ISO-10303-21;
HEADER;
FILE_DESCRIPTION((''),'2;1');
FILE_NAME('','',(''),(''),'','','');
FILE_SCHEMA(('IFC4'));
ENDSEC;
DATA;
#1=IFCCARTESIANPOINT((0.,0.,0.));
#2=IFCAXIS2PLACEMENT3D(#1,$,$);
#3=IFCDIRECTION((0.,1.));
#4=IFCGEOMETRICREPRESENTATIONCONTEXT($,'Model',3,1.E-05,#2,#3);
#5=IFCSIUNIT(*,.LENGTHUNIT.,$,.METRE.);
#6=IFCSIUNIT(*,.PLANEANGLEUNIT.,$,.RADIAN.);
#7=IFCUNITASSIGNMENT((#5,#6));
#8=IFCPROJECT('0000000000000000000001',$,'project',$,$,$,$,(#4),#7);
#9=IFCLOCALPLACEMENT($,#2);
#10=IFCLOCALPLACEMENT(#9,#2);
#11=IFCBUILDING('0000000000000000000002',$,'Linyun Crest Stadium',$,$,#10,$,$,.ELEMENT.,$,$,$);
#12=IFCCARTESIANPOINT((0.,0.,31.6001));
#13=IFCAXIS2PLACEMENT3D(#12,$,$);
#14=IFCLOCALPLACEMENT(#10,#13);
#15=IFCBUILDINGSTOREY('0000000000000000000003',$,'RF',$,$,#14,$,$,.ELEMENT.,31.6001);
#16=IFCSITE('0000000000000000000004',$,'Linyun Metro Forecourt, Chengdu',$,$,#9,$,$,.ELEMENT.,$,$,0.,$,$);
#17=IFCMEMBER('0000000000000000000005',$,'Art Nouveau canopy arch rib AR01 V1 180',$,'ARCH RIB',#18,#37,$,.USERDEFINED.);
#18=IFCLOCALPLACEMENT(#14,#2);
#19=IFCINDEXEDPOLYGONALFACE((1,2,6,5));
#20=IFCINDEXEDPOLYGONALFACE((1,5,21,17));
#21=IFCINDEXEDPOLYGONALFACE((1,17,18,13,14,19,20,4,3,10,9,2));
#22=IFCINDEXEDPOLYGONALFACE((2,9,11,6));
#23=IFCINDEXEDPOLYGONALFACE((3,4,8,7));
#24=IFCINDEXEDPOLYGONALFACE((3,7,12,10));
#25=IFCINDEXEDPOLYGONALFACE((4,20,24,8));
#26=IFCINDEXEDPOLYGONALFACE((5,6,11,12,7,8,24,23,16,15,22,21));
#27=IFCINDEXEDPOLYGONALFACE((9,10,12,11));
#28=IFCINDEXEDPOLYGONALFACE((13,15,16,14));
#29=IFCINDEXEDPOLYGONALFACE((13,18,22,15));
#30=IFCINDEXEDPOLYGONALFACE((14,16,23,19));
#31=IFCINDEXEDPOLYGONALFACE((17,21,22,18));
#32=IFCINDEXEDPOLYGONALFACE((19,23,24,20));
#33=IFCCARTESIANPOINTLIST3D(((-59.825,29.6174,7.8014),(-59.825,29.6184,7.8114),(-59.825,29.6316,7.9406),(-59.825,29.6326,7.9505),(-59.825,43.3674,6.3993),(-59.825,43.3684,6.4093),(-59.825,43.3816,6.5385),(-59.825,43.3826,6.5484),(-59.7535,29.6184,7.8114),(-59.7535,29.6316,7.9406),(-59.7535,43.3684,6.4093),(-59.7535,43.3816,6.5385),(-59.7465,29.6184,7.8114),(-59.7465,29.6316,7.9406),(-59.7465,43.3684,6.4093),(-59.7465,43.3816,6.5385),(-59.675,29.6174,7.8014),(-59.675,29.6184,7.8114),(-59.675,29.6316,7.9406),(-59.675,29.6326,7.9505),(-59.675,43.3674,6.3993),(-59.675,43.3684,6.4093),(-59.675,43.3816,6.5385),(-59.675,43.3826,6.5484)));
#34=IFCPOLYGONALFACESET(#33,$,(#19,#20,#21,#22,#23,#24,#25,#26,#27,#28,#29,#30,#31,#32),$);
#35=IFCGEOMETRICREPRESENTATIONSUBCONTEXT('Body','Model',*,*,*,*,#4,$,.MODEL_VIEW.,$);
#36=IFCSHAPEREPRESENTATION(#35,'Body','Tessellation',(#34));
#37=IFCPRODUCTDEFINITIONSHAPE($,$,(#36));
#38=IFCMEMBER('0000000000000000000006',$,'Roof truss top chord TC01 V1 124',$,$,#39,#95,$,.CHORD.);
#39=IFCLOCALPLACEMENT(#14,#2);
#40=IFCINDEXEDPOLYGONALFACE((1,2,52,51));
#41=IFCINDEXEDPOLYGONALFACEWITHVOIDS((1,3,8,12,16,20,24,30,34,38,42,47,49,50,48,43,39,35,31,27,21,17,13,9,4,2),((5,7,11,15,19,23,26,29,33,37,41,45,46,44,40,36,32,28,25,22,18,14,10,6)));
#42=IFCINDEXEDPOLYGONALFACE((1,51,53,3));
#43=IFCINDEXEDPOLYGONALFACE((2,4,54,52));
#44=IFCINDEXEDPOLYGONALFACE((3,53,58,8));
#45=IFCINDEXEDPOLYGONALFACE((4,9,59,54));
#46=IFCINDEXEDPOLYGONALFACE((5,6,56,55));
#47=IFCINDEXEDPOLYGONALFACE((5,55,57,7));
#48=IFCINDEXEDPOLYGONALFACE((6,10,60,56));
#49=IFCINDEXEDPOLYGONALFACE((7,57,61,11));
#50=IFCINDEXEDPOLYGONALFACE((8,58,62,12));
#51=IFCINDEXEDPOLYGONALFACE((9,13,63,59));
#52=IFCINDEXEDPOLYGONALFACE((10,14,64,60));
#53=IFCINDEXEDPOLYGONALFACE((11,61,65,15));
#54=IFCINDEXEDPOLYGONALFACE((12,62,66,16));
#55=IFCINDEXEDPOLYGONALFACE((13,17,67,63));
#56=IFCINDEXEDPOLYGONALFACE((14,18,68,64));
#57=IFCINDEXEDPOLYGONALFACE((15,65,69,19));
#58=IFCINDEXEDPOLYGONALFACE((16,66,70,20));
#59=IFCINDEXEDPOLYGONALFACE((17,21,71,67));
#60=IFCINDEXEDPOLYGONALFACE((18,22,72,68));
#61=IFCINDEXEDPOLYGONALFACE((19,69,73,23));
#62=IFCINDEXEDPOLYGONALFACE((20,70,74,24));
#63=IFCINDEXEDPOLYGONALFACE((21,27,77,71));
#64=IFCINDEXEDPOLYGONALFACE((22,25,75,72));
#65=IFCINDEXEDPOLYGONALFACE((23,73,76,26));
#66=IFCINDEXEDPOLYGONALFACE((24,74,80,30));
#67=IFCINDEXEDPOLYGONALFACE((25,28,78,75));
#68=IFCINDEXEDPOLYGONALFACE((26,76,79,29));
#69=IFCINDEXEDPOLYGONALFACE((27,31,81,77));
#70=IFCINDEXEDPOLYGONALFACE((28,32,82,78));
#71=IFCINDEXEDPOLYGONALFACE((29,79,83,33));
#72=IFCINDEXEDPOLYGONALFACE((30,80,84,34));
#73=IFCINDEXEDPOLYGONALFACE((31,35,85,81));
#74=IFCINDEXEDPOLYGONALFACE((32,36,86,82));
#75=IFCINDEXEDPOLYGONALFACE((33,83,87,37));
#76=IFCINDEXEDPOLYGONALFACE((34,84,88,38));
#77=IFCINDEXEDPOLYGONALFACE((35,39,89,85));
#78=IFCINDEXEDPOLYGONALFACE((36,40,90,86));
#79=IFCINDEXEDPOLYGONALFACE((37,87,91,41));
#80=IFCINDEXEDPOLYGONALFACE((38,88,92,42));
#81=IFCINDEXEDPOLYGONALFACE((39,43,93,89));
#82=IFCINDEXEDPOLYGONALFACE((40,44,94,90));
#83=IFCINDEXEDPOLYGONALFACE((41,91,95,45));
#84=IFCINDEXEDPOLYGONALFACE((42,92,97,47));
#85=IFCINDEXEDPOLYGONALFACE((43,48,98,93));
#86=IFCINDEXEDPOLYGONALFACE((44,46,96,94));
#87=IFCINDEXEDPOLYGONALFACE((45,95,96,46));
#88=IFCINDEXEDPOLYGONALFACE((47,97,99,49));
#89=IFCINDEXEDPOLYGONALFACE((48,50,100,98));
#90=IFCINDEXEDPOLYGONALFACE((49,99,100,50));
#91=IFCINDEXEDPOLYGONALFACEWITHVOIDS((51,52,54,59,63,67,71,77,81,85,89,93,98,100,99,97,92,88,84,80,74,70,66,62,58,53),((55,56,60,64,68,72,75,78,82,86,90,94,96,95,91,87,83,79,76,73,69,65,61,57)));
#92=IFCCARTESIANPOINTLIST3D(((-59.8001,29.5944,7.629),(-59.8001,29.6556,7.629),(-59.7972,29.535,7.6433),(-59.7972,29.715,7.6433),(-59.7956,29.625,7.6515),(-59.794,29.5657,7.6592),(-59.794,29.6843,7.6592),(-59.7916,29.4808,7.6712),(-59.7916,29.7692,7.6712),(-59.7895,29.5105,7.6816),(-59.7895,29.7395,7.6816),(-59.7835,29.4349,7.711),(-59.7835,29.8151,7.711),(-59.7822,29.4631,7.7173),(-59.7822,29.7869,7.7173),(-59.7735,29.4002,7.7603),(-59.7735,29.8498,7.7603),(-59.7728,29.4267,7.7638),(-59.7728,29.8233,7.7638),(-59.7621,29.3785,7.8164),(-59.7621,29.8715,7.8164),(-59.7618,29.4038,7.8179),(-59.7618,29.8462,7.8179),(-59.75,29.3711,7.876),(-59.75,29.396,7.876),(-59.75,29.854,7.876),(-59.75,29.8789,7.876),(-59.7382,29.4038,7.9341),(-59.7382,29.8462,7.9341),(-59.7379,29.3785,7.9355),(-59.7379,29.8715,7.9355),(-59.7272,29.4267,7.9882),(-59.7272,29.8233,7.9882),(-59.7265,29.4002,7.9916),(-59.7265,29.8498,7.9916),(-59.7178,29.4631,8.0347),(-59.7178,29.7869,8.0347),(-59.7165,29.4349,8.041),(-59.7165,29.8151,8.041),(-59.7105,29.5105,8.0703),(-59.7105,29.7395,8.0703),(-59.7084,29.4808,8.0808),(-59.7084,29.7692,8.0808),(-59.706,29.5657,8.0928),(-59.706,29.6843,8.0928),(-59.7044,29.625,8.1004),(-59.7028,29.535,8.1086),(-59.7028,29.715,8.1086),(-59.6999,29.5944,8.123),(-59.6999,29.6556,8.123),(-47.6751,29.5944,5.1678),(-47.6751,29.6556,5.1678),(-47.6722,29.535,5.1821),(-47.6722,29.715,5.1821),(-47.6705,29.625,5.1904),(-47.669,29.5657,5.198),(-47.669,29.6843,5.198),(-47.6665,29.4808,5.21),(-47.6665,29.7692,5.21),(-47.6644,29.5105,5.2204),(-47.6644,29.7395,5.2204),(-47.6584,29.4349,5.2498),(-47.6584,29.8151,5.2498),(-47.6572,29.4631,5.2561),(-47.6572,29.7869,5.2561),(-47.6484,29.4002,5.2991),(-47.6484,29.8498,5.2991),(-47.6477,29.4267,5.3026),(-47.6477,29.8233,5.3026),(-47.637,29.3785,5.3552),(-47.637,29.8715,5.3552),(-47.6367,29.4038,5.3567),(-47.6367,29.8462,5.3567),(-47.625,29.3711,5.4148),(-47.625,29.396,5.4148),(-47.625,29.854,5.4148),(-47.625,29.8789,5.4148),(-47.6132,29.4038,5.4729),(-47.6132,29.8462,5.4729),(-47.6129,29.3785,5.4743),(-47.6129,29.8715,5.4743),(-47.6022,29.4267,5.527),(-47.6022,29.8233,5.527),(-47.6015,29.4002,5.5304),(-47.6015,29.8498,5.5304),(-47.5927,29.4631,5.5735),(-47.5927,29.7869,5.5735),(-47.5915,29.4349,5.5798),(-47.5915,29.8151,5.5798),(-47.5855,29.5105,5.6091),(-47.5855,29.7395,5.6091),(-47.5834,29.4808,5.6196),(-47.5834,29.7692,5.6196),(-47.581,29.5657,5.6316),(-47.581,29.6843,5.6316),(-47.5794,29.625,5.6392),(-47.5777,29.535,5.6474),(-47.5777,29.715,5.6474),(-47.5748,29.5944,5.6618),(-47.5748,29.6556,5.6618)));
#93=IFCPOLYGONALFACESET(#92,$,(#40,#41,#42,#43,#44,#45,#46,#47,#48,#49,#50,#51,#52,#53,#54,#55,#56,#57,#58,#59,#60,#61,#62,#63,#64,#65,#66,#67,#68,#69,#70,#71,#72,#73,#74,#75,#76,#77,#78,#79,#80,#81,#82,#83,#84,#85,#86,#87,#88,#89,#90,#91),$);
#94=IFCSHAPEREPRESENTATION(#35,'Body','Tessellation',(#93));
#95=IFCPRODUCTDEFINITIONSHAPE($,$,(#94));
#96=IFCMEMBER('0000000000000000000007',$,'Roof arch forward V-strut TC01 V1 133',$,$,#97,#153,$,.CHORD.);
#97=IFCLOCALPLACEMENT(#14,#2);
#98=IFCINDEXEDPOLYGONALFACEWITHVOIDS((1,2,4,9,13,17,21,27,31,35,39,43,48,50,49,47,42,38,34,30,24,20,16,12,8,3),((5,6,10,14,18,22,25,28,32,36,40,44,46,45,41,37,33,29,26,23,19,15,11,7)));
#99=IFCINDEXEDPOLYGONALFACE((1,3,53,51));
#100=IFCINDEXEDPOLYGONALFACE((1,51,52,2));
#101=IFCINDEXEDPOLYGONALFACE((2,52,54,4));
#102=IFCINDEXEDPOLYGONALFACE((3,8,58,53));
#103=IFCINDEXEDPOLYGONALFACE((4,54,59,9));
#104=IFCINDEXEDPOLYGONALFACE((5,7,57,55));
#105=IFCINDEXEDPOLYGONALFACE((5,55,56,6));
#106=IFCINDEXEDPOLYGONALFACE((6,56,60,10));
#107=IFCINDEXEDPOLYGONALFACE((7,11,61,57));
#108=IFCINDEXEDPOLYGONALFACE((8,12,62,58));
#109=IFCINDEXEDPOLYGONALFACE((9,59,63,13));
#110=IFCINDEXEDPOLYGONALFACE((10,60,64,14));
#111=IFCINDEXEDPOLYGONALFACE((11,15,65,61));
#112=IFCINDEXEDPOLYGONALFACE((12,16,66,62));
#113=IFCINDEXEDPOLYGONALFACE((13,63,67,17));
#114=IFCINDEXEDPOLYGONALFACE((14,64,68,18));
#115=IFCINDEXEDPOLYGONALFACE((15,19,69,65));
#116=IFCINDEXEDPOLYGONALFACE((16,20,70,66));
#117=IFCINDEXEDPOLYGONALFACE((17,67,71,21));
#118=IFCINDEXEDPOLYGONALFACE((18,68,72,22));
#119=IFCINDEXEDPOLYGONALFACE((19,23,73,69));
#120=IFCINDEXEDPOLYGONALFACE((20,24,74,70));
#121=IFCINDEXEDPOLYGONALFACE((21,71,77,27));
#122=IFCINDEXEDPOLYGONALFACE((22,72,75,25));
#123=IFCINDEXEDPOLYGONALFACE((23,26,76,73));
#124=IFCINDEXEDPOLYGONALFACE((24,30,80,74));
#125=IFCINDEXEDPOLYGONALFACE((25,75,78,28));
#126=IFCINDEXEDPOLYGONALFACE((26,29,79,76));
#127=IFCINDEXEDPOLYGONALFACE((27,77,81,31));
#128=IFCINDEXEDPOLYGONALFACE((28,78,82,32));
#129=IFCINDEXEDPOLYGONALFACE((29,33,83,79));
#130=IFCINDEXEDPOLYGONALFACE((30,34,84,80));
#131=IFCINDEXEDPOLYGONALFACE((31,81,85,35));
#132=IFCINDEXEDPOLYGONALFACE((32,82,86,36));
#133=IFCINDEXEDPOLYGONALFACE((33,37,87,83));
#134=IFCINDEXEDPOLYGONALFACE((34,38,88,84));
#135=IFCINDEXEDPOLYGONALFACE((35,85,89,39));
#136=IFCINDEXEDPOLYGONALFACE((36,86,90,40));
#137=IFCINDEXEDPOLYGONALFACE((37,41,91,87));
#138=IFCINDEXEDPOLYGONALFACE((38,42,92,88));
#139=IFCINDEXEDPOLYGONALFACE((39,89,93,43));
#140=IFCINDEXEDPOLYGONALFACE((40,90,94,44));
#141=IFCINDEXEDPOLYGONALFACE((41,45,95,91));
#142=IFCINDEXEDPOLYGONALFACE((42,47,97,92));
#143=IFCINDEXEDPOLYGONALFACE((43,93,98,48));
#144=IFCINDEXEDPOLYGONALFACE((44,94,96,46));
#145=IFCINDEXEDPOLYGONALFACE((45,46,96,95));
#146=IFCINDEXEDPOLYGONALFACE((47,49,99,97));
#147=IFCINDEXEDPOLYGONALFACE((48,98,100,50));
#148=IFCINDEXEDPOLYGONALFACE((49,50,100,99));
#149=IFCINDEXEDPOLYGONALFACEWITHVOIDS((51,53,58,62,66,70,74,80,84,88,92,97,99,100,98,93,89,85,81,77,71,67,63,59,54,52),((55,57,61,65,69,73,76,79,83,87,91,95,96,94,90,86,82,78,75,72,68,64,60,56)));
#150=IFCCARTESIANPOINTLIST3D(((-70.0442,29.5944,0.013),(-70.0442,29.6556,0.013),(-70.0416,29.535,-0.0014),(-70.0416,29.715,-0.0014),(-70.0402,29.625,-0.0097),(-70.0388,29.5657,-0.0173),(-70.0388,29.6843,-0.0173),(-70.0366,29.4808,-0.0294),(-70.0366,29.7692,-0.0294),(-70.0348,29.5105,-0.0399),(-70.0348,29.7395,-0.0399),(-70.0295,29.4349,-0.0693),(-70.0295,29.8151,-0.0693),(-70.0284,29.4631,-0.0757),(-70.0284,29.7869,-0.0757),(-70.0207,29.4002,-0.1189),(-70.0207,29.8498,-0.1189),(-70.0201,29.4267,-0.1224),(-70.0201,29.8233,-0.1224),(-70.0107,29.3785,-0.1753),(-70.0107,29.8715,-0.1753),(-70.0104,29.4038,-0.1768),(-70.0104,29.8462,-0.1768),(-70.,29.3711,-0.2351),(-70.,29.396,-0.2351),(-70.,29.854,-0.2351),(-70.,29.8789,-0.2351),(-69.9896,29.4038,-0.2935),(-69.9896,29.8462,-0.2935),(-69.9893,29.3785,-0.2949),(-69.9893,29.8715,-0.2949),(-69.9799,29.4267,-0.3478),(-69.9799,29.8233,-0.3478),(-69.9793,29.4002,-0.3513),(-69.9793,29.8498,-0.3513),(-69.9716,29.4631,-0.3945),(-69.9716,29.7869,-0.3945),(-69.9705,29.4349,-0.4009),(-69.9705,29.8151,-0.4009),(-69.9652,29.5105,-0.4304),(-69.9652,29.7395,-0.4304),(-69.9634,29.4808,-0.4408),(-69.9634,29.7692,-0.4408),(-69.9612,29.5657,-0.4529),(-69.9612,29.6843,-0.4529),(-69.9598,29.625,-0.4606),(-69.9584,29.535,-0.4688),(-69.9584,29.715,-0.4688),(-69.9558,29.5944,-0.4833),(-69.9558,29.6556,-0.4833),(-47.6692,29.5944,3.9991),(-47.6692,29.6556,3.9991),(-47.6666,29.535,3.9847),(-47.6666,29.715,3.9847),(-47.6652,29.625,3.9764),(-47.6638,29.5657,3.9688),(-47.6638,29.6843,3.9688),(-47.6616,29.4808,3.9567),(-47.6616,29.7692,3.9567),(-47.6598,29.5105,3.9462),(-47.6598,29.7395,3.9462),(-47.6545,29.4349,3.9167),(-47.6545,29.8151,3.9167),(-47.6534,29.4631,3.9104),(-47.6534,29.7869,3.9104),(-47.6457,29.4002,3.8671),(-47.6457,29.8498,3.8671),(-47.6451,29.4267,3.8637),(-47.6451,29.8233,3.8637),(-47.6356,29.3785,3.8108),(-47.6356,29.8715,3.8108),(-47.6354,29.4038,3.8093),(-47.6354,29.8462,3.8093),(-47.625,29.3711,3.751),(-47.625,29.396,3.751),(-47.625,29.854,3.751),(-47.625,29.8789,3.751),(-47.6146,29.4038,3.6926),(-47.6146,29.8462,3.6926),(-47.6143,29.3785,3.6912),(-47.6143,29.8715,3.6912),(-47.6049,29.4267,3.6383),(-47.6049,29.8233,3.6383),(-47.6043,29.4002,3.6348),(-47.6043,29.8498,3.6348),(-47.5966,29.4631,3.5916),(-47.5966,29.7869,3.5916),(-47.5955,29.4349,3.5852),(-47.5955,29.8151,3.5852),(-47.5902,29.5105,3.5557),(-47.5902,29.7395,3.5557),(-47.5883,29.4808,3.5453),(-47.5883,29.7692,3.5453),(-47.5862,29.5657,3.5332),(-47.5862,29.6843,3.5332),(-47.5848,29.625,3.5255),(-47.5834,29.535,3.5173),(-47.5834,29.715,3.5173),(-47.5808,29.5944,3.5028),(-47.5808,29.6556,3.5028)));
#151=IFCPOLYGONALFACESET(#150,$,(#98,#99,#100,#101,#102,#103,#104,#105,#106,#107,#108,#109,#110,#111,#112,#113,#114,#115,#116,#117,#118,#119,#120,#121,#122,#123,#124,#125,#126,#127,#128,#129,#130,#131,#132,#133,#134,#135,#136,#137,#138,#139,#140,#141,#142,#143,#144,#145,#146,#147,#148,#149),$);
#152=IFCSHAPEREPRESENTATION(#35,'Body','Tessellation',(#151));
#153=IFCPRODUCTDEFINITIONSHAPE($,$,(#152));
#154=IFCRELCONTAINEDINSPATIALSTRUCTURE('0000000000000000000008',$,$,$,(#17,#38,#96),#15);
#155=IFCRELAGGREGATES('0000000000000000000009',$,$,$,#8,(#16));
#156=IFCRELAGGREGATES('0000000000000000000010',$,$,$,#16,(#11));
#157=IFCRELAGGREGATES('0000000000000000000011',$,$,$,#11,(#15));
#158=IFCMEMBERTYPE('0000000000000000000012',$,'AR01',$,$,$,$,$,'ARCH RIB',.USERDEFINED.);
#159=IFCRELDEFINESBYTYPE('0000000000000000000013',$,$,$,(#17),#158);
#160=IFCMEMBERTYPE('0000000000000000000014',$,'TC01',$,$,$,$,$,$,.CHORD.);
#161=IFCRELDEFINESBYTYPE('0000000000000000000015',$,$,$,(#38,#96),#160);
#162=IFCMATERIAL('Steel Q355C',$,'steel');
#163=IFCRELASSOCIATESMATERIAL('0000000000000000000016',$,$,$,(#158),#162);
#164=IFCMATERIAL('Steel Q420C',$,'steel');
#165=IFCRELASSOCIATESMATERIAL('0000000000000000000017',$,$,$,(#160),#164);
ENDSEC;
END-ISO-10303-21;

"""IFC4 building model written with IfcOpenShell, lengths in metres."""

from ifc_helpers import new_model, si_unit, direction, frame, origin, origin_2d, place, context, subcontext, project, spatial, hollow_circle, i_section, extrude, material, material_profile, profile_set, type_object, element, save


model = new_model("IFC4")

# Units and contexts
model_context = context("Model", 3, precision=1e-05, world=origin(), true_north=direction((0.0, 1.0)))
body_context = subcontext(model_context, "Body", "Model", "MODEL_VIEW")
ifc_project = project(units=[si_unit("LENGTHUNIT", "METRE"), si_unit("PLANEANGLEUNIT", "RADIAN")], contexts=[model_context])

# Site, building, storey
site_placement = place(None, origin())
site = spatial("IfcSite", under=ifc_project, at=site_placement, Name="Linyun Metro Forecourt, Chengdu", CompositionType="ELEMENT", RefElevation=0.0)
building_placement = place(site_placement, origin())
building = spatial("IfcBuilding", under=site, at=building_placement, Name="Linyun Crest Stadium", CompositionType="ELEMENT")
storey_placement = place(building_placement, frame((0.0, 0.0, 31.6001)))
storey = spatial("IfcBuildingStorey", under=building, at=storey_placement, Name="RF", CompositionType="ELEMENT", Elevation=31.6001)

# Members
ifc_material_1 = material(Name="Steel Q355C", Category="steel")
ifc_material_profile_1 = material_profile(ifc_material_1, i_section(OverallWidth=0.1499, OverallDepth=0.1499, WebThickness=0.0071, FlangeThickness=0.01, at=origin_2d()), Name="HW 150x150")
ifc_profile_set_1 = profile_set([ifc_material_profile_1], Name="Steel Q355C")
member_type_1 = type_object("IfcMemberType", Name="AR01", ElementType="ARCH RIB", PredefinedType="USERDEFINED", material=ifc_profile_set_1)
member_1_placement = place(storey_placement, frame((-59.75, 29.625, 7.876), z_axis=(0.0, 0.994841, -0.101445), x_axis=(-1.0, 0.0, 0.0)))
element("IfcMember", 1, at=member_1_placement, inside=storey, type_object=member_type_1, Name="Art Nouveau canopy arch rib AR01 V1 180", ObjectType="ARCH RIB", PredefinedType="USERDEFINED", context=body_context, shape_type="SweptSolid", body=[
    extrude(i_section(OverallWidth=0.1499, OverallDepth=0.1499, WebThickness=0.0071, FlangeThickness=0.01, at=origin_2d()), origin(), (0.0, 0.0, 1.0), 13.8213),
])
ifc_material_2 = material(Name="Steel Q420C", Category="steel")
ifc_material_profile_2 = material_profile(ifc_material_2, hollow_circle(Radius=0.2539, WallThickness=0.0249, at=origin_2d()), Name="CHS 508x25")
ifc_profile_set_2 = profile_set([ifc_material_profile_2], Name="Steel Q420C")
member_type_2 = type_object("IfcMemberType", Name="TC01", PredefinedType="CHORD", material=ifc_profile_set_2)
member_2_placement = place(storey_placement, frame((-59.75, 29.625, 7.876), z_axis=(0.980014, 0.0, -0.198927), x_axis=(0.0, 1.0, 0.0)))
element("IfcMember", 2, at=member_2_placement, inside=storey, type_object=member_type_2, Name="Roof truss top chord TC01 V1 124", PredefinedType="CHORD", context=body_context, shape_type="SweptSolid", body=[
    extrude(hollow_circle(Radius=0.2539, WallThickness=0.0249, at=origin_2d()), origin(), (0.0, 0.0, 1.0), 12.3723),
])
member_3_placement = place(storey_placement, frame((-70.0, 29.625, -0.2351), z_axis=(0.984499, 0.0, 0.175388), x_axis=(0.0, 1.0, 0.0)))
element("IfcMember", 3, at=member_3_placement, inside=storey, type_object=member_type_2, Name="Roof arch forward V-strut TC01 V1 133", PredefinedType="CHORD", context=body_context, shape_type="SweptSolid", body=[
    extrude(hollow_circle(Radius=0.2539, WallThickness=0.0249, at=origin_2d()), origin(), (0.0, 0.0, 1.0), 22.7273),
])

save(model, "model.ifc")
